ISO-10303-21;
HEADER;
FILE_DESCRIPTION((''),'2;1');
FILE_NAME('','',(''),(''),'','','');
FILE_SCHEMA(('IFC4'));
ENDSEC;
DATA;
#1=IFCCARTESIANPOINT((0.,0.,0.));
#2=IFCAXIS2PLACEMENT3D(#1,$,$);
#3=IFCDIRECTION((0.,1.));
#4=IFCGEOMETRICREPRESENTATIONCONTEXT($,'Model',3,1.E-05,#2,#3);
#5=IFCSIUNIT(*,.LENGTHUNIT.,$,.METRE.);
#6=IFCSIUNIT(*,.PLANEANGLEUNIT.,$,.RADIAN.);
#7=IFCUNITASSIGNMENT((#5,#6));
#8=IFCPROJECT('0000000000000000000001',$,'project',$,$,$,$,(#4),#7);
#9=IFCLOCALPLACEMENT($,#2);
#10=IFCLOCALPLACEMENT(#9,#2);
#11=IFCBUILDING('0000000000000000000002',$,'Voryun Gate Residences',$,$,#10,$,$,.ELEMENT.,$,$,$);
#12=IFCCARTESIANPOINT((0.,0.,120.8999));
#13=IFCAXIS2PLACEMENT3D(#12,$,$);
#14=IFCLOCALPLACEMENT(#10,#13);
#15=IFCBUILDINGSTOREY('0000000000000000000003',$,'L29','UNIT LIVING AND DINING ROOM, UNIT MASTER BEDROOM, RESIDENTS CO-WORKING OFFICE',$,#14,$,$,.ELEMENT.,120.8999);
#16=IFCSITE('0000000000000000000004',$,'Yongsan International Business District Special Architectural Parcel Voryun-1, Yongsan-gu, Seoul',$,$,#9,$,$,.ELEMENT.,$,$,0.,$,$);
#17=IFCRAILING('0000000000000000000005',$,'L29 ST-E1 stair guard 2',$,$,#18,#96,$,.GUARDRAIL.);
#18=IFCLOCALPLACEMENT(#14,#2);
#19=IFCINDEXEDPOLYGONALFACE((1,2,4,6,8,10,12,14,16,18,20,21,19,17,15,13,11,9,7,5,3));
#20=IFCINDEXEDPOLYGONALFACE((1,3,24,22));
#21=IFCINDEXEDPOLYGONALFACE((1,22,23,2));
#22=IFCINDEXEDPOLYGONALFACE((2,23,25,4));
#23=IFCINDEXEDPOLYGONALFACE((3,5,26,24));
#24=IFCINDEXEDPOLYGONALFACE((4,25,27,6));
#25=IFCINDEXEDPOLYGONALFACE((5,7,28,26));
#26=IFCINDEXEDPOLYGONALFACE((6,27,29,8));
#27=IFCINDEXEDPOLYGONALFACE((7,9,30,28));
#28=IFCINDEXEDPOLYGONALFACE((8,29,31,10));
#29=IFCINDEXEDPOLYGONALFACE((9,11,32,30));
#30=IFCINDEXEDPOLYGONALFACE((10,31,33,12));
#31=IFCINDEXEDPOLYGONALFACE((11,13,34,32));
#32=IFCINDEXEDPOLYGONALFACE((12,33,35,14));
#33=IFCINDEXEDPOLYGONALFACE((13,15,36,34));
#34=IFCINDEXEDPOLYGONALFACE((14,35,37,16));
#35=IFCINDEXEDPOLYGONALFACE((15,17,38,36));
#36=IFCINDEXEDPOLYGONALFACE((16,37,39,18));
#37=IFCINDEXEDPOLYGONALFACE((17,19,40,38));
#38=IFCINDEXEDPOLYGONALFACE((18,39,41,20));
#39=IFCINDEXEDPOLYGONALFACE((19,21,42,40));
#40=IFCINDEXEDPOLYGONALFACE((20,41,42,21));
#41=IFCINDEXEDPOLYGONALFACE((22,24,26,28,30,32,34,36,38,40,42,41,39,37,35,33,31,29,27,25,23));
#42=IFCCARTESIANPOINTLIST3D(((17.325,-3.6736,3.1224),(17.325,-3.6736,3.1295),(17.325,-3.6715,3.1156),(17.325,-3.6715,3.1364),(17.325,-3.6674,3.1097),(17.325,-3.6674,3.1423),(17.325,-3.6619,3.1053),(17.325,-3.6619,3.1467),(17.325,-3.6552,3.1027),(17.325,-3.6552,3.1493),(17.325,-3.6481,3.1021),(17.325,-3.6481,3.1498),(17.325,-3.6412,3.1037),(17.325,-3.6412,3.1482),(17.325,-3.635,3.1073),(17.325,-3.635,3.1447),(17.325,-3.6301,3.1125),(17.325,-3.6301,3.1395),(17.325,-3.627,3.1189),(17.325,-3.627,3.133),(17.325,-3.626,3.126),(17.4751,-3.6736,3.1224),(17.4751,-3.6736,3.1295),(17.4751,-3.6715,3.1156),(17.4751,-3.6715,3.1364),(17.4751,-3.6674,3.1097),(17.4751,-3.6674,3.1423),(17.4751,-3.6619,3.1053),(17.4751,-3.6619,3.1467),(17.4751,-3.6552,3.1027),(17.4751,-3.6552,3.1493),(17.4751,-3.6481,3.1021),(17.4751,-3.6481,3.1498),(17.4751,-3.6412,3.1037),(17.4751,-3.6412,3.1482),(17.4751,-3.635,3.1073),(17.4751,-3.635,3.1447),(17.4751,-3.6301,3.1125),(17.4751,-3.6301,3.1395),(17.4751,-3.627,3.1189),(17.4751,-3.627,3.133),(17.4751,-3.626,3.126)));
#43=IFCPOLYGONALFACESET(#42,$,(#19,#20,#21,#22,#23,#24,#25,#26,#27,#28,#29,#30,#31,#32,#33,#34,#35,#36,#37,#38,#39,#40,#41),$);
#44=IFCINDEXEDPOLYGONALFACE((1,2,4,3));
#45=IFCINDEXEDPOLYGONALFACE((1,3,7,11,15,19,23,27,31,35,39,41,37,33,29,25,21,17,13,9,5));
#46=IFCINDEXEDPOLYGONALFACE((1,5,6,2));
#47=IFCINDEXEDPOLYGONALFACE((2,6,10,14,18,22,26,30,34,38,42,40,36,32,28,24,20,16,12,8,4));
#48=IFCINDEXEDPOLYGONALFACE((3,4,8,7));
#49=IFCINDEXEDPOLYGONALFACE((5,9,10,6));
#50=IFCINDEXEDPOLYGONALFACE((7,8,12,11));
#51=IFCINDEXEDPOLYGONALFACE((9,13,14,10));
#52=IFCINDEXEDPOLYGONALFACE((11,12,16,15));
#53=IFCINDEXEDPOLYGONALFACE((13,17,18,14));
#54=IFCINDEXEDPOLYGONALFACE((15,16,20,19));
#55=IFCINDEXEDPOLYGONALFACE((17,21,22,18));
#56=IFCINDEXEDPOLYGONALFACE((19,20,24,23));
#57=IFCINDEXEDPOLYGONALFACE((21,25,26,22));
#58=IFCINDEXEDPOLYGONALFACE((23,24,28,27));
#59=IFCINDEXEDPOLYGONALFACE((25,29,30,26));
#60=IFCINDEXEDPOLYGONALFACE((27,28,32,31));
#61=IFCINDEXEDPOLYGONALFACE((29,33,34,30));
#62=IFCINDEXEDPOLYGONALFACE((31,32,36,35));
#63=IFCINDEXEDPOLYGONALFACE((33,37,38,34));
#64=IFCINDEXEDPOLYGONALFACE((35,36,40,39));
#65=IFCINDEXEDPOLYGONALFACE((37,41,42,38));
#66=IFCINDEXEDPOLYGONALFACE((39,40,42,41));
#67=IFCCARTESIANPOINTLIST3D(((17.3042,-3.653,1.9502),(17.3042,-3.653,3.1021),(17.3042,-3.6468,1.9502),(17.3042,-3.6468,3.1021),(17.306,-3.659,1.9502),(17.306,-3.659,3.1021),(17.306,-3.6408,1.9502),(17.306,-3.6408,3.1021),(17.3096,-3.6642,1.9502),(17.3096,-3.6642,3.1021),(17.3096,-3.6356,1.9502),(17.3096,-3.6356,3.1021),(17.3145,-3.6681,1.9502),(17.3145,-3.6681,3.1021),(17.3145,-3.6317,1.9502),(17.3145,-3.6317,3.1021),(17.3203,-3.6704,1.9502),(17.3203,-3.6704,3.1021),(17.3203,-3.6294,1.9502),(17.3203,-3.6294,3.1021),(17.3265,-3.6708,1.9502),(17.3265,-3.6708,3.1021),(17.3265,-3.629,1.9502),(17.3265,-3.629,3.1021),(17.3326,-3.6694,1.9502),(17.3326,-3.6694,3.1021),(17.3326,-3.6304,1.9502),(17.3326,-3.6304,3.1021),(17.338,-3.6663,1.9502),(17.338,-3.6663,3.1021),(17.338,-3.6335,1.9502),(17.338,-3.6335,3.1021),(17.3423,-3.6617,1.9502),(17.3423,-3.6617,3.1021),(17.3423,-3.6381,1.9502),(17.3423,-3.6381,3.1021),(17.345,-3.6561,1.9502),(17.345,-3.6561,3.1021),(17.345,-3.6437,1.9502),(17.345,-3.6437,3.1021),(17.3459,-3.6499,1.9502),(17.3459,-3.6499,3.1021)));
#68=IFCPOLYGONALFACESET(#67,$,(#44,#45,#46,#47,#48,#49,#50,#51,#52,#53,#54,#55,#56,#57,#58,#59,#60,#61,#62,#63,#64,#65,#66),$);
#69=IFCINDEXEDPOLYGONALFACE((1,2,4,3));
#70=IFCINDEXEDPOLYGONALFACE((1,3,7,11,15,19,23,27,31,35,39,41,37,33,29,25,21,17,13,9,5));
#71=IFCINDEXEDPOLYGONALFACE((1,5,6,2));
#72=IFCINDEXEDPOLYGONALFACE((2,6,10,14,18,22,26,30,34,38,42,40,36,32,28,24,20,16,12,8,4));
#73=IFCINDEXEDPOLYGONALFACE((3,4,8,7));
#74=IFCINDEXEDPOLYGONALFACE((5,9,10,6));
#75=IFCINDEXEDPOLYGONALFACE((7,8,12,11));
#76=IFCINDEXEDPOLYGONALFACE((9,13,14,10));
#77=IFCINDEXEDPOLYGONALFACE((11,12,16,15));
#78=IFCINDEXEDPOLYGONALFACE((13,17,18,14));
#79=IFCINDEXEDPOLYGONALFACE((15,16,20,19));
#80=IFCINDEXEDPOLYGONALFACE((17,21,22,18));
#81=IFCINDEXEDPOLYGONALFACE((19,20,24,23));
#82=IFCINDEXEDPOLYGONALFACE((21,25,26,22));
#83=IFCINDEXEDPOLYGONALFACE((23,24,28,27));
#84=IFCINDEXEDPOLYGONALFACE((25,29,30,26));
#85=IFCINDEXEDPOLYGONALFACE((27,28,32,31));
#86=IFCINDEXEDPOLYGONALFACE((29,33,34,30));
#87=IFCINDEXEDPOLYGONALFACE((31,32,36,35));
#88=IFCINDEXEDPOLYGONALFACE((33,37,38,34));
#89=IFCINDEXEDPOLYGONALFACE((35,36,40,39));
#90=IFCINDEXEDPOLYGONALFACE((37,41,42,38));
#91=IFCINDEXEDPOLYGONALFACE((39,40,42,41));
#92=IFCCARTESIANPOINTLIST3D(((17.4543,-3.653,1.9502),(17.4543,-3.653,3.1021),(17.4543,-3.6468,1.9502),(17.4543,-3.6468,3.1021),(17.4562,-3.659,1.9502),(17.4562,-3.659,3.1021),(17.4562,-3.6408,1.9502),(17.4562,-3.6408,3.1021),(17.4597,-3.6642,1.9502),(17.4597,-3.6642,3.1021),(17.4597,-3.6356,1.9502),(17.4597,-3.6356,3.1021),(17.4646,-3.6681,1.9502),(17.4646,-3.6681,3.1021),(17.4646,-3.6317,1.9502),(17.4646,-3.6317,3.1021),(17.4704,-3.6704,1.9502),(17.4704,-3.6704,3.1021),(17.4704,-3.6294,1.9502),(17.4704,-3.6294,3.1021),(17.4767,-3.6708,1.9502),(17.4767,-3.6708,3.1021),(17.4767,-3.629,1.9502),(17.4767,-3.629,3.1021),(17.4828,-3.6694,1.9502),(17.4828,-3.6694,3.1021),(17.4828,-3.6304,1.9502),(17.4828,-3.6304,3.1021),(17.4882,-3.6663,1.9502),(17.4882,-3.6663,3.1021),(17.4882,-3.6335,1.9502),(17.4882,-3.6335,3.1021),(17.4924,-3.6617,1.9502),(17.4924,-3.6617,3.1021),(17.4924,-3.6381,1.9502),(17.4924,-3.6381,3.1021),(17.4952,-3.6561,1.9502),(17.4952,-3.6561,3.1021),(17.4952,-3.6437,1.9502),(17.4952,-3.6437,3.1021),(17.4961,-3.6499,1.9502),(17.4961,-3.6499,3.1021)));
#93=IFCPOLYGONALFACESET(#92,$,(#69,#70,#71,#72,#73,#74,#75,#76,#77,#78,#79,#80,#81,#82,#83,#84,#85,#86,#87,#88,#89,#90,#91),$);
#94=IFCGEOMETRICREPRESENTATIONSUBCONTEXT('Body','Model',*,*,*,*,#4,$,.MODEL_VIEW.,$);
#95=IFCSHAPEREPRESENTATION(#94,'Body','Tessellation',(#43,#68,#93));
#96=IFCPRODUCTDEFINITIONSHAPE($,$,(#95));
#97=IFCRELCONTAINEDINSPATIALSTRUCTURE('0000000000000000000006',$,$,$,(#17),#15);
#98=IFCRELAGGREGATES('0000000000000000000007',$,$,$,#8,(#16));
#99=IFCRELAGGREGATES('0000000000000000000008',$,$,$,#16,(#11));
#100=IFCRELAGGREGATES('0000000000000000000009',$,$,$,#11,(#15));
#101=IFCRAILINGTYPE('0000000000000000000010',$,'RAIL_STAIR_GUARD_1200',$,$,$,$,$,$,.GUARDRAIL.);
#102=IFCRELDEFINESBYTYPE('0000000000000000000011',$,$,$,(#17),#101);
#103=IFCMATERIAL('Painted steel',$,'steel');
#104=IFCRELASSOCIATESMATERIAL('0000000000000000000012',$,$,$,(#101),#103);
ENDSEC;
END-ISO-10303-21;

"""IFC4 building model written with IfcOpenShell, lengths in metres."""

from ifc_helpers import new_model, si_unit, direction, frame, origin, origin_2d, place, context, subcontext, project, spatial, circle, extrude, material, type_object, element, save


model = new_model("IFC4")

# Units and contexts
model_context = context("Model", 3, precision=1e-05, world=origin(), true_north=direction((0.0, 1.0)))
body_context = subcontext(model_context, "Body", "Model", "MODEL_VIEW")
ifc_project = project(units=[si_unit("LENGTHUNIT", "METRE"), si_unit("PLANEANGLEUNIT", "RADIAN")], contexts=[model_context])

# Site, building, storey
site_placement = place(None, origin())
site = spatial("IfcSite", under=ifc_project, at=site_placement, Name="Yongsan International Business District Special Architectural Parcel Voryun-1, Yongsan-gu, Seoul", CompositionType="ELEMENT", RefElevation=0.0)
building_placement = place(site_placement, origin())
building = spatial("IfcBuilding", under=site, at=building_placement, Name="Voryun Gate Residences", CompositionType="ELEMENT")
storey_placement = place(building_placement, frame((0.0, 0.0, 120.8999)))
storey = spatial("IfcBuildingStorey", under=building, at=storey_placement, Name="L29", Description="UNIT LIVING AND DINING ROOM, UNIT MASTER BEDROOM, RESIDENTS CO-WORKING OFFICE", CompositionType="ELEMENT", Elevation=120.8999)

# Railing
ifc_material_1 = material(Name="Painted steel", Category="steel")
railing_type_1 = type_object("IfcRailingType", Name="RAIL_STAIR_GUARD_1200", PredefinedType="GUARDRAIL", material=ifc_material_1)
railing_1_placement = place(storey_placement, frame((17.325, -3.6499, 1.9502)))
element("IfcRailing", 1, at=railing_1_placement, inside=storey, type_object=railing_type_1, Name="L29 ST-E1 stair guard 2", PredefinedType="GUARDRAIL", context=body_context, shape_type="SweptSolid", body=[
    extrude(circle(Radius=0.0239, at=origin_2d()), frame((0.0, 0.0, 1.1758), z_axis=(1.0, 0.0, 0.0), x_axis=(0.0, 1.0, 0.0)), (0.0, 0.0, 1.0), 0.1501),
    extrude(circle(Radius=0.021, at=origin_2d()), origin(), (0.0, 0.0, 1.0), 1.1519),
    extrude(circle(Radius=0.021, at=origin_2d()), frame((0.1501, 0.0, 0.0)), (0.0, 0.0, 1.0), 1.1519),
])

save(model, "model.ifc")
